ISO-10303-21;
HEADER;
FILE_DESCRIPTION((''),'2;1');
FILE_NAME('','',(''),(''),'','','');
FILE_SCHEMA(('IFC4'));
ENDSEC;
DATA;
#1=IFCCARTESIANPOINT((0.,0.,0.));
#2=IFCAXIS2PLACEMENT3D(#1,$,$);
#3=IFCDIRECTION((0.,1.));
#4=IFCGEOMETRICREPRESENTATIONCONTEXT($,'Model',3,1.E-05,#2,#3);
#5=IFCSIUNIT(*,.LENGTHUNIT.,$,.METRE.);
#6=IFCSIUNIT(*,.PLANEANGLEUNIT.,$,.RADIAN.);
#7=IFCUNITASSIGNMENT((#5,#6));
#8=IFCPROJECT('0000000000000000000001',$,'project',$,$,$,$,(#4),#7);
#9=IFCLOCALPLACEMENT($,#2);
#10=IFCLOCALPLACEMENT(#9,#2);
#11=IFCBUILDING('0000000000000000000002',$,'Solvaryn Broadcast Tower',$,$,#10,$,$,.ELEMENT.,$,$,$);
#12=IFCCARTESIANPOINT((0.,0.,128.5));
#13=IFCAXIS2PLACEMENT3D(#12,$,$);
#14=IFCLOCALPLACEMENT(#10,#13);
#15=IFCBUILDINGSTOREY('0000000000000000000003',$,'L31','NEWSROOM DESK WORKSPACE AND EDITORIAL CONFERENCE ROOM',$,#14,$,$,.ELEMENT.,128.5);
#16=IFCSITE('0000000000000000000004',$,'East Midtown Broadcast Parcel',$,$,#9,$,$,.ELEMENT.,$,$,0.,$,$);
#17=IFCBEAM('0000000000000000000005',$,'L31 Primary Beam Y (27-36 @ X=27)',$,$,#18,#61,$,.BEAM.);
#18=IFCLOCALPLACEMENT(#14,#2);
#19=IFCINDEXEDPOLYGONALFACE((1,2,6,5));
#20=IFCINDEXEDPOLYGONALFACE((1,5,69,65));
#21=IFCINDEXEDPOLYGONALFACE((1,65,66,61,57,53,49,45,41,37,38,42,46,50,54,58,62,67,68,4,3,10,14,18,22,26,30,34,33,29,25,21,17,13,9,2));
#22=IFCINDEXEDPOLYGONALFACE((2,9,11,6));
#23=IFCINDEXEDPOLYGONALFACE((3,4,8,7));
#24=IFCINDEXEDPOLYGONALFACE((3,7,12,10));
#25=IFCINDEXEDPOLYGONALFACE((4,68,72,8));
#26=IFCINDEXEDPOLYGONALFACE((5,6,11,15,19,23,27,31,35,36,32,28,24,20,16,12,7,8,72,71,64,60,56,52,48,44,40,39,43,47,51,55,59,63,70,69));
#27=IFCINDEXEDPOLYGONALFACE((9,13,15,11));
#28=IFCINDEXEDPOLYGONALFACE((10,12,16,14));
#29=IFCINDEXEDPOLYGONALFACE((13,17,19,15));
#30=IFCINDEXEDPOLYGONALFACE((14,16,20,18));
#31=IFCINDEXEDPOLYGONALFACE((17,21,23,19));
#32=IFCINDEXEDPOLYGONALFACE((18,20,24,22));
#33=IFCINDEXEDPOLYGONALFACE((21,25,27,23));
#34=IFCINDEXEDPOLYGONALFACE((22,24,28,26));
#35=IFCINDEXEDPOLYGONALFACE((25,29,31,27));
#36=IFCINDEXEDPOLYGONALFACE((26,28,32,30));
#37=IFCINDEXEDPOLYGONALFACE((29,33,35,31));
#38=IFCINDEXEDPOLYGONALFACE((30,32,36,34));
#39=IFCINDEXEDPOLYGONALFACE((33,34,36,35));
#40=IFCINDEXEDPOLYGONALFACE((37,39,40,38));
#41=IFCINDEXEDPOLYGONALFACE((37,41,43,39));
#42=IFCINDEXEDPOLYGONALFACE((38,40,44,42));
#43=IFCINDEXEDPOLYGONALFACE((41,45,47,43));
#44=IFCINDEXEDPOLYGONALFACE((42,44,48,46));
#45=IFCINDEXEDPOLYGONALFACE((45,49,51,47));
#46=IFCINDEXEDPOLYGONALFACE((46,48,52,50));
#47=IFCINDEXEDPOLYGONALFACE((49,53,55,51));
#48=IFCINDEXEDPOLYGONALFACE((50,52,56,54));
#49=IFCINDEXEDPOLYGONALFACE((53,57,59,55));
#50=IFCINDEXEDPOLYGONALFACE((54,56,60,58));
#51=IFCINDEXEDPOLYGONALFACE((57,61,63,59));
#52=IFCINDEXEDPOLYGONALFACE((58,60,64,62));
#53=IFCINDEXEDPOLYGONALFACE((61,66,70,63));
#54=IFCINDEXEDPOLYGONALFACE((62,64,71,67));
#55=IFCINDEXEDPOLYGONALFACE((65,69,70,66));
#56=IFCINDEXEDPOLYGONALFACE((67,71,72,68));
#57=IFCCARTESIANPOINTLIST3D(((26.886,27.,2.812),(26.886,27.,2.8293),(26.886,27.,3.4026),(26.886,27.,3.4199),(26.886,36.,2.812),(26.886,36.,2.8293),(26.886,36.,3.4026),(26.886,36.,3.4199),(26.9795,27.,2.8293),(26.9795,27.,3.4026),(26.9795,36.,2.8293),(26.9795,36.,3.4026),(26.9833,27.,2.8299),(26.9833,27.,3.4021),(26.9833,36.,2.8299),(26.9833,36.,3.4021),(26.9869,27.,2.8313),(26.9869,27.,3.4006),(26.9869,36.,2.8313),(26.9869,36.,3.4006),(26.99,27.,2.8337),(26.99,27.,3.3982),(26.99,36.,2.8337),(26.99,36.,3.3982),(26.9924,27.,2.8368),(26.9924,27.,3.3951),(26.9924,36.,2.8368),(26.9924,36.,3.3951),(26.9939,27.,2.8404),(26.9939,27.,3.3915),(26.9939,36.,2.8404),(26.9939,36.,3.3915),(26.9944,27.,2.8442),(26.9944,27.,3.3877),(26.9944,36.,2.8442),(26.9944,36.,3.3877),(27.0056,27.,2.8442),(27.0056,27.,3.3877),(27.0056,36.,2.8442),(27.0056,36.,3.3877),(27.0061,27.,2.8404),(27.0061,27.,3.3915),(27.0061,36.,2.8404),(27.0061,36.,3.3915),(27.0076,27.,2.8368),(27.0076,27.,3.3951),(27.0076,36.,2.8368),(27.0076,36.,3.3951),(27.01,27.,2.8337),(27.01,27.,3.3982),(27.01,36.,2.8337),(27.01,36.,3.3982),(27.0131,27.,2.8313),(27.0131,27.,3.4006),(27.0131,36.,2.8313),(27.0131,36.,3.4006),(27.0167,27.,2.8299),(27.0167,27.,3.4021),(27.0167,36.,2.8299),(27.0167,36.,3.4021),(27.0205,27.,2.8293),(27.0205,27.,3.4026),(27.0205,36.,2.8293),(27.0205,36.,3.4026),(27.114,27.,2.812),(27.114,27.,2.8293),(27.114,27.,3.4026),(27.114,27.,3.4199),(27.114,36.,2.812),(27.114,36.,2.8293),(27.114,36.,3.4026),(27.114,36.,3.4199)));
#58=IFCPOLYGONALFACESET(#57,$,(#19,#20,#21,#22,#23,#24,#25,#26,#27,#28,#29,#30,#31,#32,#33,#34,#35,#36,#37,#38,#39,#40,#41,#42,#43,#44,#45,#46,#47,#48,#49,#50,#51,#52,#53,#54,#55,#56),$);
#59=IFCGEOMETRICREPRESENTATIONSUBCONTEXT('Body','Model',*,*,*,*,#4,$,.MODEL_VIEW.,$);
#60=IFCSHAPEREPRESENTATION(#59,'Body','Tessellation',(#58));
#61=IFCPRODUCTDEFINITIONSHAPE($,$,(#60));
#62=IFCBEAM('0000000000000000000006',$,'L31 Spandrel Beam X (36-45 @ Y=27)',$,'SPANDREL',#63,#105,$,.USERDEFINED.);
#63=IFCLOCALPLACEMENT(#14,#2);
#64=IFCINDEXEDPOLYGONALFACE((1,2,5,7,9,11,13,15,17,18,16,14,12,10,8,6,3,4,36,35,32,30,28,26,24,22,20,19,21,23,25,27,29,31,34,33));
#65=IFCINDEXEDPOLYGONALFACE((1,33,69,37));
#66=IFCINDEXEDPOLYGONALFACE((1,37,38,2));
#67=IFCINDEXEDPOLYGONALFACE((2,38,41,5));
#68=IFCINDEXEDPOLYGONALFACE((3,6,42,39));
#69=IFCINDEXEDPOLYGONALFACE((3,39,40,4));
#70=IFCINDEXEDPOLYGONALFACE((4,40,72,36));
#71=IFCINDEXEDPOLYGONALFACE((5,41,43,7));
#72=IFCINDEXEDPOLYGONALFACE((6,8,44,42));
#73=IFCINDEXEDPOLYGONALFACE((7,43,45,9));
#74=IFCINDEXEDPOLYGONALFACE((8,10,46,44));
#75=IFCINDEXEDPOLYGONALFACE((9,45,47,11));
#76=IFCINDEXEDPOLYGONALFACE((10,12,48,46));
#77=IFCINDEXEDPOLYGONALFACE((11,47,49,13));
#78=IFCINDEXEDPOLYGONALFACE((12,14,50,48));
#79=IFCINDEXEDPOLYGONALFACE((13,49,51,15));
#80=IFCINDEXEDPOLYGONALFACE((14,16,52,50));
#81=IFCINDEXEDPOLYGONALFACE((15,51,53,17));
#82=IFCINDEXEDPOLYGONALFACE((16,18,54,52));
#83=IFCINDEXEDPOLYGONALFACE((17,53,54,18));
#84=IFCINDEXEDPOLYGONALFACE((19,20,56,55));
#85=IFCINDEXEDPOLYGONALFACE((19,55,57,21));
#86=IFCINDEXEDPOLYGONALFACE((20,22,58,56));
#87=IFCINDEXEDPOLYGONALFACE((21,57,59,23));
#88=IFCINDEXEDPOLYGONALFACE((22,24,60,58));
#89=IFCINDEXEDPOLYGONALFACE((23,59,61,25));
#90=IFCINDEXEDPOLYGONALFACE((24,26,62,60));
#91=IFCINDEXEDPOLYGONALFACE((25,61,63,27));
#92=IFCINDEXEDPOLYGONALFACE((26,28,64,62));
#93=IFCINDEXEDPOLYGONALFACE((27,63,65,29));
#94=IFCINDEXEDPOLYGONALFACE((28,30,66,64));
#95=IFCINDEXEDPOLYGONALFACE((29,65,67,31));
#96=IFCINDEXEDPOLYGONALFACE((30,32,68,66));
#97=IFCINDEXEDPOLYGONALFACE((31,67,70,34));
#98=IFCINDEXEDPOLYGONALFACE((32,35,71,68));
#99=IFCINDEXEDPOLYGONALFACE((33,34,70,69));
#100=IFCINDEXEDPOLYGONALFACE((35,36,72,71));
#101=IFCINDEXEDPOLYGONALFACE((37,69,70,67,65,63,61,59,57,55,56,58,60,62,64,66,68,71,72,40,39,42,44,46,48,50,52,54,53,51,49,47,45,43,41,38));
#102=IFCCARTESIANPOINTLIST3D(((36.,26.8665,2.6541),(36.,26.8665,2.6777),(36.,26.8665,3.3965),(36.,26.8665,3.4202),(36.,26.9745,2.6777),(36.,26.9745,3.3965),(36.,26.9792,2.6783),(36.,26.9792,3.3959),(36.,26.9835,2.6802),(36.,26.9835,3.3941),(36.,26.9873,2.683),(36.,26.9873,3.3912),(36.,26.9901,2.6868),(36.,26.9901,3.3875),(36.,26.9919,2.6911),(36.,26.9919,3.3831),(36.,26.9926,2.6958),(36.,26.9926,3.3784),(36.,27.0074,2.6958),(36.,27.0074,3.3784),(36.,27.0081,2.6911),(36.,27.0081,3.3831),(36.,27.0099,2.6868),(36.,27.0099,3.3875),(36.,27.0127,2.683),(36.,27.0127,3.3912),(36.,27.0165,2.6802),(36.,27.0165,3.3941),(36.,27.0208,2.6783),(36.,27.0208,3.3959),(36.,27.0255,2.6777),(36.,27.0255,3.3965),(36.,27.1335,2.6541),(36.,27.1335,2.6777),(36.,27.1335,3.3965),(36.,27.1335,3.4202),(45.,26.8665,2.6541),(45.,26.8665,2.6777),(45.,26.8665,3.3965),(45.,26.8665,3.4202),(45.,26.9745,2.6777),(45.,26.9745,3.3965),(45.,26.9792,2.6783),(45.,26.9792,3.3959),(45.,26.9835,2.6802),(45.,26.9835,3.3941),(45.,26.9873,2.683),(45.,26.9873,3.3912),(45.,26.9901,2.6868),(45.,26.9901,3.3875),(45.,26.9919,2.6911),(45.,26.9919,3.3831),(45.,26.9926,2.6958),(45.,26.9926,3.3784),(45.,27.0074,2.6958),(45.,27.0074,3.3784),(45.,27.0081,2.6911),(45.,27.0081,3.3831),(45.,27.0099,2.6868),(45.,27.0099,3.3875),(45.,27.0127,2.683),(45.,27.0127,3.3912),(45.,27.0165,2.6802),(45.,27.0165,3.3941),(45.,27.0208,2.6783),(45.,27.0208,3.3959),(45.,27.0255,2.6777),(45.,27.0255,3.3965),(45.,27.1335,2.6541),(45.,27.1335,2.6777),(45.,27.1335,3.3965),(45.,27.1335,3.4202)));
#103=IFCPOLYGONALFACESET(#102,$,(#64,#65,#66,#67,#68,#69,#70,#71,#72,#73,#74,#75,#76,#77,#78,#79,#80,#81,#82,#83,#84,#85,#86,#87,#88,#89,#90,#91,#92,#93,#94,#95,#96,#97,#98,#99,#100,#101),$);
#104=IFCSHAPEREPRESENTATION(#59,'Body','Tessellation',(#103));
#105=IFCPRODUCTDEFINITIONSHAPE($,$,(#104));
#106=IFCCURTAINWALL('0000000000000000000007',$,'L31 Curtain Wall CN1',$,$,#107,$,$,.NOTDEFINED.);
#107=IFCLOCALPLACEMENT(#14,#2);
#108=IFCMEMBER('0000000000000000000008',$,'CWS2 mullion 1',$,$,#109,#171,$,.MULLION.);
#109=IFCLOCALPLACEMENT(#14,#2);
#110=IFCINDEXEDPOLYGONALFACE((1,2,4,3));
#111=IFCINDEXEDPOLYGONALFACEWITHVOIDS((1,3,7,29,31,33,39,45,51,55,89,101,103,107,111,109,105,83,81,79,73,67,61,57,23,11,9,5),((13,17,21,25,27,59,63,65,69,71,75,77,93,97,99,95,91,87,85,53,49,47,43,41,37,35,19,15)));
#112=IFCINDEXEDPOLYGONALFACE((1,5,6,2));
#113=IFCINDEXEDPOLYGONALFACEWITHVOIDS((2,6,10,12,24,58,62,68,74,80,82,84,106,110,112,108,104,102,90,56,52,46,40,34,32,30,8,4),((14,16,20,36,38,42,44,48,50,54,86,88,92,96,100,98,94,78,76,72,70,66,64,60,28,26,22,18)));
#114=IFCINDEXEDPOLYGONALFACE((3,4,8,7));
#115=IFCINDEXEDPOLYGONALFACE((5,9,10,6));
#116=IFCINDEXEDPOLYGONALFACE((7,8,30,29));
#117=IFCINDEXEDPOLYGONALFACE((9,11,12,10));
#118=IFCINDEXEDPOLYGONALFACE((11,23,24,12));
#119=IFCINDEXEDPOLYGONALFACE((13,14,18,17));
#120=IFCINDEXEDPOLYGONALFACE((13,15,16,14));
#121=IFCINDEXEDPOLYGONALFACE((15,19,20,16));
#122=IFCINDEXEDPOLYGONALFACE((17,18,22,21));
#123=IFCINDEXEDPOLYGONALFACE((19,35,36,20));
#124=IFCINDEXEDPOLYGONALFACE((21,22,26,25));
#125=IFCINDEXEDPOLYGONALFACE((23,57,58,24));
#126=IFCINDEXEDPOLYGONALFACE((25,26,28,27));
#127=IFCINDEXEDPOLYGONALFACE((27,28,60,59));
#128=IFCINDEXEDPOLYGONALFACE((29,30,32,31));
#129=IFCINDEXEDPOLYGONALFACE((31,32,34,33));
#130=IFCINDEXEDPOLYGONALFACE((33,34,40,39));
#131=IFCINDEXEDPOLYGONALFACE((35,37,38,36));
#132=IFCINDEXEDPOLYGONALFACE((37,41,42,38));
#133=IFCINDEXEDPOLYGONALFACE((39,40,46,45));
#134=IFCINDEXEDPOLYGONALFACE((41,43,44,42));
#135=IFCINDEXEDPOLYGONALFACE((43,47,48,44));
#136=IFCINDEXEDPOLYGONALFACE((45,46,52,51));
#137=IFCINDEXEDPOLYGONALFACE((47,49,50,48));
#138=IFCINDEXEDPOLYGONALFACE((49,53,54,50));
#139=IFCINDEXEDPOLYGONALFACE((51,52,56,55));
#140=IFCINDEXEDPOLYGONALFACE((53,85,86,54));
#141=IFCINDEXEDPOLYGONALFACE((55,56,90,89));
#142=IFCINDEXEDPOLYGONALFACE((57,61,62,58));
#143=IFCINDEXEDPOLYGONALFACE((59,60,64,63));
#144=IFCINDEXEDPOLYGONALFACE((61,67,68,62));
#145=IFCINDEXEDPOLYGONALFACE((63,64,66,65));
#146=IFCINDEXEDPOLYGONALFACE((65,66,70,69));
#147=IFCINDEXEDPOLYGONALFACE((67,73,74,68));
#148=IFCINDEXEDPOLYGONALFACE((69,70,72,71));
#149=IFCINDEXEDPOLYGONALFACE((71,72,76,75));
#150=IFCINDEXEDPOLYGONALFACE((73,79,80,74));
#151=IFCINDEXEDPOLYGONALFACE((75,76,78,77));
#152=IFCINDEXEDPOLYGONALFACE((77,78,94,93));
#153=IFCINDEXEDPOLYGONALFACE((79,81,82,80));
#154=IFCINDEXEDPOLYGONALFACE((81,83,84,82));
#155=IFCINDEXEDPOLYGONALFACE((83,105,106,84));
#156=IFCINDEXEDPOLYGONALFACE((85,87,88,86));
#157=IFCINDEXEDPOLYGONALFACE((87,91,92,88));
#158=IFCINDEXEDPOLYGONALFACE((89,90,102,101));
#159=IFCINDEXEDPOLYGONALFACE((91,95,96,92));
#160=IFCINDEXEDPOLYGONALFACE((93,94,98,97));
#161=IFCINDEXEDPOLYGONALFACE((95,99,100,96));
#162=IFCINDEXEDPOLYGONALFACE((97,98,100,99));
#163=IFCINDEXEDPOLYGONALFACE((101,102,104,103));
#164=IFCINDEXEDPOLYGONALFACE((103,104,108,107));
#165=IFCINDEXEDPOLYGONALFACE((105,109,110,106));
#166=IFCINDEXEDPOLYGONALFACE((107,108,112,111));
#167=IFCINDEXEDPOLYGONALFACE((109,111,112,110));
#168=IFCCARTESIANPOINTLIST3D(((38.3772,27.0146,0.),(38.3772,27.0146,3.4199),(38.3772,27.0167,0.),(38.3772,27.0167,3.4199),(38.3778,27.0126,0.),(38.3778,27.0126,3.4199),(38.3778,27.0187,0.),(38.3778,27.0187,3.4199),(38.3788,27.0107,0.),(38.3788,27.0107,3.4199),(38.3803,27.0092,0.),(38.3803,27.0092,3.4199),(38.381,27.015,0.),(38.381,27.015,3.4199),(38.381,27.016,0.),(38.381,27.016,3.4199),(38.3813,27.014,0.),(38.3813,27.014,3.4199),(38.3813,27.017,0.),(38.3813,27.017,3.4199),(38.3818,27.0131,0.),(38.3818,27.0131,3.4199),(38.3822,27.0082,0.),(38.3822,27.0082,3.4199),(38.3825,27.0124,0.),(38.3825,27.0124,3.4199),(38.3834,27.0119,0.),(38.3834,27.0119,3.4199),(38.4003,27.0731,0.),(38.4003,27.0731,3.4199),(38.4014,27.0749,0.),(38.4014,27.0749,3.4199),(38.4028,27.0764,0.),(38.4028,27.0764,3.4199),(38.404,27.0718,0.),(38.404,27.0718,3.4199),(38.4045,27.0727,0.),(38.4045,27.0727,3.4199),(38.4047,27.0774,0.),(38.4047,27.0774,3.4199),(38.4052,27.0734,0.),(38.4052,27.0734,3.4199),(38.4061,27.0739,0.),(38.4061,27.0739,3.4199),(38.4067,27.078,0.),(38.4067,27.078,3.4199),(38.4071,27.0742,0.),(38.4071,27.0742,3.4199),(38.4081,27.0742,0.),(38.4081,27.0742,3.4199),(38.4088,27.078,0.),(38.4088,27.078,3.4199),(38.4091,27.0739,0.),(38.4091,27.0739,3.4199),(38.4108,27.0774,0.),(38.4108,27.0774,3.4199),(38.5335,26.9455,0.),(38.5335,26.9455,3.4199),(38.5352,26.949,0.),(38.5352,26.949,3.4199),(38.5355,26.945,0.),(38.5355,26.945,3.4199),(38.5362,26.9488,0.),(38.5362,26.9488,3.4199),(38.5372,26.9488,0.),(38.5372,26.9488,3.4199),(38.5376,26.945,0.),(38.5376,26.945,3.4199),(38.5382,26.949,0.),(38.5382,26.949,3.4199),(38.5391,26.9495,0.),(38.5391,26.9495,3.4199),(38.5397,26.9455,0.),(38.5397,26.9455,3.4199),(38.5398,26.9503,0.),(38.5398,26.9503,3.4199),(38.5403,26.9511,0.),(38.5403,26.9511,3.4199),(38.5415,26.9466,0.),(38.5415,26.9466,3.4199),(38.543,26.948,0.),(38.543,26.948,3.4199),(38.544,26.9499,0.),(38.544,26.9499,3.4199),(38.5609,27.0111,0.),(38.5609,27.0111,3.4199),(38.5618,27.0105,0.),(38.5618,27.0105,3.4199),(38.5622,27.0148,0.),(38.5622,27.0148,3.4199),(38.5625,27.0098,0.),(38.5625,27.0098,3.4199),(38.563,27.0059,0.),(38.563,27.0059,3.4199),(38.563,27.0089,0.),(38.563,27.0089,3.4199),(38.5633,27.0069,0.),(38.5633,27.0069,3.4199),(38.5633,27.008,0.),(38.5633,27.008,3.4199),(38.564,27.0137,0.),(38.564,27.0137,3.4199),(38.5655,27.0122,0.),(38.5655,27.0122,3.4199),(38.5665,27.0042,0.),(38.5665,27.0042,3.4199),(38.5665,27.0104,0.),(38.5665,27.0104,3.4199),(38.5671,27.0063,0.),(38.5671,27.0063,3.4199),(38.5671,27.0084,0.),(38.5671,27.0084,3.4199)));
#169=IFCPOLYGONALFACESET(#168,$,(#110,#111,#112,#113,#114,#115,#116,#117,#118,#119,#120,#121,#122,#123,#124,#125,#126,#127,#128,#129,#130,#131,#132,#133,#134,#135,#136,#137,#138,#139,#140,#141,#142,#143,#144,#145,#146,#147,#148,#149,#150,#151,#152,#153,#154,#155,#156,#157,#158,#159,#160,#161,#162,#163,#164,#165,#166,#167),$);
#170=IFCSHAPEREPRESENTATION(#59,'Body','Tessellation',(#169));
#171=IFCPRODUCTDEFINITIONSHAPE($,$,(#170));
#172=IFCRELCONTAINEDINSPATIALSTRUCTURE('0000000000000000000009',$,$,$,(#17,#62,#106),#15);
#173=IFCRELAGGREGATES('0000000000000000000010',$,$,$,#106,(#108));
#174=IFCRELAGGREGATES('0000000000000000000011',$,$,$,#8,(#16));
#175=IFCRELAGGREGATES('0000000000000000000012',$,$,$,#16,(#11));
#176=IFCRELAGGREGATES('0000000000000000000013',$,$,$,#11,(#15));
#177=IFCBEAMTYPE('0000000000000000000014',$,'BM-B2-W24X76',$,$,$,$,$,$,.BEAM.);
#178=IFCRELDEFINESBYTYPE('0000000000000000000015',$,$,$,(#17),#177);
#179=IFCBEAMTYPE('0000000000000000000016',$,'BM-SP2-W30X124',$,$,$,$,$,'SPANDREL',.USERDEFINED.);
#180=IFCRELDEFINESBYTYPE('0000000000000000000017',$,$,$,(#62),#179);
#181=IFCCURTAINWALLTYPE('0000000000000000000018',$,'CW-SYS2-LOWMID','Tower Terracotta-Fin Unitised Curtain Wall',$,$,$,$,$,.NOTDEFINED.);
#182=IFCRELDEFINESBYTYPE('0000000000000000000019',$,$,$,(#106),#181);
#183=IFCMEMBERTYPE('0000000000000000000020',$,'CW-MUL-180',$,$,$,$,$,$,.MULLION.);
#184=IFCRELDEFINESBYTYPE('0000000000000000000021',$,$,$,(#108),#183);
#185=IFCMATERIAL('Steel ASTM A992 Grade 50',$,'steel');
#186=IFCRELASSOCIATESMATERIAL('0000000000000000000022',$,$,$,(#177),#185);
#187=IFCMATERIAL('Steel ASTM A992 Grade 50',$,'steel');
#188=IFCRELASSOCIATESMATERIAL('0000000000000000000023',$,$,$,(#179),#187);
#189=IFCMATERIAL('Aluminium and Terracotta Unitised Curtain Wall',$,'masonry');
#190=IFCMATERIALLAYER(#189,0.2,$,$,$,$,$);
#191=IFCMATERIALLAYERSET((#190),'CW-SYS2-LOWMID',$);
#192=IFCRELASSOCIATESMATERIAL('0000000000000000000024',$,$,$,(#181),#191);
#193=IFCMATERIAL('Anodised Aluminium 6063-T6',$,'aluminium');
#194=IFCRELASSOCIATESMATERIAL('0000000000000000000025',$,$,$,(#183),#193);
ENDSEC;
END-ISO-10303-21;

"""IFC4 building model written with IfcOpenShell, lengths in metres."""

from ifc_helpers import new_model, si_unit, direction, frame, origin, origin_2d, place, context, subcontext, project, spatial, hollow_rectangle, i_section, extrude, material, layer, layer_set, material_profile, profile_set, type_object, element, aggregate, save


model = new_model("IFC4")

# Units and contexts
model_context = context("Model", 3, precision=1e-05, world=origin(), true_north=direction((0.0, 1.0)))
body_context = subcontext(model_context, "Body", "Model", "MODEL_VIEW")
ifc_project = project(units=[si_unit("LENGTHUNIT", "METRE"), si_unit("PLANEANGLEUNIT", "RADIAN")], contexts=[model_context])

# Site, building, storey
site_placement = place(None, origin())
site = spatial("IfcSite", under=ifc_project, at=site_placement, Name="East Midtown Broadcast Parcel", CompositionType="ELEMENT", RefElevation=0.0)
building_placement = place(site_placement, origin())
building = spatial("IfcBuilding", under=site, at=building_placement, Name="Solvaryn Broadcast Tower", CompositionType="ELEMENT")
storey_placement = place(building_placement, frame((0.0, 0.0, 128.5)))
storey = spatial("IfcBuildingStorey", under=building, at=storey_placement, Name="L31", Description="NEWSROOM DESK WORKSPACE AND EDITORIAL CONFERENCE ROOM", CompositionType="ELEMENT", Elevation=128.5)

# Beams
ifc_material_1 = material(Name="Steel ASTM A992 Grade 50", Category="steel")
ifc_material_profile_1 = material_profile(ifc_material_1, i_section(OverallWidth=0.228, OverallDepth=0.6079, WebThickness=0.0112, FlangeThickness=0.0173, FilletRadius=0.0149, at=origin_2d()))
ifc_profile_set_1 = profile_set([ifc_material_profile_1], Name="Steel ASTM A992 Grade 50")
beam_type_1 = type_object("IfcBeamType", Name="BM-B2-W24X76", PredefinedType="BEAM", material=ifc_profile_set_1)
beam_1_placement = place(storey_placement, frame((27.0, 27.0, 3.116), z_axis=(0.0, 1.0, 0.0), x_axis=(-1.0, 0.0, 0.0)))
element("IfcBeam", 1, at=beam_1_placement, inside=storey, type_object=beam_type_1, Name="L31 Primary Beam Y (27-36 @ X=27)", PredefinedType="BEAM", context=body_context, shape_type="SweptSolid", body=[
    extrude(i_section(OverallWidth=0.228, OverallDepth=0.6079, WebThickness=0.0112, FlangeThickness=0.0173, FilletRadius=0.0149, at=origin_2d()), origin(), (0.0, 0.0, 1.0), 9.0),
])
ifc_material_2 = material(Name="Steel ASTM A992 Grade 50", Category="steel")
ifc_material_profile_2 = material_profile(ifc_material_2, i_section(OverallWidth=0.2671, OverallDepth=0.7661, WebThickness=0.0149, FlangeThickness=0.0237, FilletRadius=0.0181, at=origin_2d()))
ifc_profile_set_2 = profile_set([ifc_material_profile_2], Name="Steel ASTM A992 Grade 50")
beam_type_2 = type_object("IfcBeamType", Name="BM-SP2-W30X124", ElementType="SPANDREL", PredefinedType="USERDEFINED", material=ifc_profile_set_2)
beam_2_placement = place(storey_placement, frame((36.0, 27.0, 3.0371), z_axis=(1.0, 0.0, 0.0), x_axis=(0.0, 1.0, 0.0)))
element("IfcBeam", 2, at=beam_2_placement, inside=storey, type_object=beam_type_2, Name="L31 Spandrel Beam X (36-45 @ Y=27)", ObjectType="SPANDREL", PredefinedType="USERDEFINED", context=body_context, shape_type="SweptSolid", body=[
    extrude(i_section(OverallWidth=0.2671, OverallDepth=0.7661, WebThickness=0.0149, FlangeThickness=0.0237, FilletRadius=0.0181, at=origin_2d()), origin(), (0.0, 0.0, 1.0), 9.0),
])

# Curtain wall, member
ifc_material_3 = material(Name="Aluminium and Terracotta Unitised Curtain Wall", Category="masonry")
ifc_layer_1 = layer(ifc_material_3, 0.2)
ifc_layer_set_1 = layer_set([ifc_layer_1], Name="CW-SYS2-LOWMID")
curtain_wall_type = type_object("IfcCurtainWallType", Name="CW-SYS2-LOWMID", Description="Tower Terracotta-Fin Unitised Curtain Wall", PredefinedType="NOTDEFINED", material=ifc_layer_set_1)
curtain_wall_1_placement = place(storey_placement, origin())
curtain_wall_1 = element("IfcCurtainWall", 3, at=curtain_wall_1_placement, inside=storey, type_object=curtain_wall_type, Name="L31 Curtain Wall CN1", PredefinedType="NOTDEFINED")
ifc_material_4 = material(Name="Anodised Aluminium 6063-T6", Category="aluminium")
ifc_material_profile_3 = material_profile(ifc_material_4, hollow_rectangle(XDim=0.075, YDim=0.1799, WallThickness=0.0039, InnerFilletRadius=0.0039, OuterFilletRadius=0.0081, at=origin_2d()))
ifc_profile_set_3 = profile_set([ifc_material_profile_3], Name="Anodised Aluminium 6063-T6")
member_type_1 = type_object("IfcMemberType", Name="CW-MUL-180", PredefinedType="MULLION", material=ifc_profile_set_3)
member_1_placement = place(storey_placement, frame((38.4722, 27.0115, 0.0), z_axis=(0.0, 0.0, 1.0), x_axis=(-0.382646, -0.923895, 0.0)))
member_1 = element("IfcMember", 4, at=member_1_placement, type_object=member_type_1, Name="CWS2 mullion 1", PredefinedType="MULLION", context=body_context, shape_type="SweptSolid", body=[
    extrude(hollow_rectangle(XDim=0.075, YDim=0.1799, WallThickness=0.0039, InnerFilletRadius=0.0039, OuterFilletRadius=0.0081, at=origin_2d()), origin(), (0.0, 0.0, 1.0), 3.4199),
])

aggregate(curtain_wall_1, [member_1])

save(model, "model.ifc")
